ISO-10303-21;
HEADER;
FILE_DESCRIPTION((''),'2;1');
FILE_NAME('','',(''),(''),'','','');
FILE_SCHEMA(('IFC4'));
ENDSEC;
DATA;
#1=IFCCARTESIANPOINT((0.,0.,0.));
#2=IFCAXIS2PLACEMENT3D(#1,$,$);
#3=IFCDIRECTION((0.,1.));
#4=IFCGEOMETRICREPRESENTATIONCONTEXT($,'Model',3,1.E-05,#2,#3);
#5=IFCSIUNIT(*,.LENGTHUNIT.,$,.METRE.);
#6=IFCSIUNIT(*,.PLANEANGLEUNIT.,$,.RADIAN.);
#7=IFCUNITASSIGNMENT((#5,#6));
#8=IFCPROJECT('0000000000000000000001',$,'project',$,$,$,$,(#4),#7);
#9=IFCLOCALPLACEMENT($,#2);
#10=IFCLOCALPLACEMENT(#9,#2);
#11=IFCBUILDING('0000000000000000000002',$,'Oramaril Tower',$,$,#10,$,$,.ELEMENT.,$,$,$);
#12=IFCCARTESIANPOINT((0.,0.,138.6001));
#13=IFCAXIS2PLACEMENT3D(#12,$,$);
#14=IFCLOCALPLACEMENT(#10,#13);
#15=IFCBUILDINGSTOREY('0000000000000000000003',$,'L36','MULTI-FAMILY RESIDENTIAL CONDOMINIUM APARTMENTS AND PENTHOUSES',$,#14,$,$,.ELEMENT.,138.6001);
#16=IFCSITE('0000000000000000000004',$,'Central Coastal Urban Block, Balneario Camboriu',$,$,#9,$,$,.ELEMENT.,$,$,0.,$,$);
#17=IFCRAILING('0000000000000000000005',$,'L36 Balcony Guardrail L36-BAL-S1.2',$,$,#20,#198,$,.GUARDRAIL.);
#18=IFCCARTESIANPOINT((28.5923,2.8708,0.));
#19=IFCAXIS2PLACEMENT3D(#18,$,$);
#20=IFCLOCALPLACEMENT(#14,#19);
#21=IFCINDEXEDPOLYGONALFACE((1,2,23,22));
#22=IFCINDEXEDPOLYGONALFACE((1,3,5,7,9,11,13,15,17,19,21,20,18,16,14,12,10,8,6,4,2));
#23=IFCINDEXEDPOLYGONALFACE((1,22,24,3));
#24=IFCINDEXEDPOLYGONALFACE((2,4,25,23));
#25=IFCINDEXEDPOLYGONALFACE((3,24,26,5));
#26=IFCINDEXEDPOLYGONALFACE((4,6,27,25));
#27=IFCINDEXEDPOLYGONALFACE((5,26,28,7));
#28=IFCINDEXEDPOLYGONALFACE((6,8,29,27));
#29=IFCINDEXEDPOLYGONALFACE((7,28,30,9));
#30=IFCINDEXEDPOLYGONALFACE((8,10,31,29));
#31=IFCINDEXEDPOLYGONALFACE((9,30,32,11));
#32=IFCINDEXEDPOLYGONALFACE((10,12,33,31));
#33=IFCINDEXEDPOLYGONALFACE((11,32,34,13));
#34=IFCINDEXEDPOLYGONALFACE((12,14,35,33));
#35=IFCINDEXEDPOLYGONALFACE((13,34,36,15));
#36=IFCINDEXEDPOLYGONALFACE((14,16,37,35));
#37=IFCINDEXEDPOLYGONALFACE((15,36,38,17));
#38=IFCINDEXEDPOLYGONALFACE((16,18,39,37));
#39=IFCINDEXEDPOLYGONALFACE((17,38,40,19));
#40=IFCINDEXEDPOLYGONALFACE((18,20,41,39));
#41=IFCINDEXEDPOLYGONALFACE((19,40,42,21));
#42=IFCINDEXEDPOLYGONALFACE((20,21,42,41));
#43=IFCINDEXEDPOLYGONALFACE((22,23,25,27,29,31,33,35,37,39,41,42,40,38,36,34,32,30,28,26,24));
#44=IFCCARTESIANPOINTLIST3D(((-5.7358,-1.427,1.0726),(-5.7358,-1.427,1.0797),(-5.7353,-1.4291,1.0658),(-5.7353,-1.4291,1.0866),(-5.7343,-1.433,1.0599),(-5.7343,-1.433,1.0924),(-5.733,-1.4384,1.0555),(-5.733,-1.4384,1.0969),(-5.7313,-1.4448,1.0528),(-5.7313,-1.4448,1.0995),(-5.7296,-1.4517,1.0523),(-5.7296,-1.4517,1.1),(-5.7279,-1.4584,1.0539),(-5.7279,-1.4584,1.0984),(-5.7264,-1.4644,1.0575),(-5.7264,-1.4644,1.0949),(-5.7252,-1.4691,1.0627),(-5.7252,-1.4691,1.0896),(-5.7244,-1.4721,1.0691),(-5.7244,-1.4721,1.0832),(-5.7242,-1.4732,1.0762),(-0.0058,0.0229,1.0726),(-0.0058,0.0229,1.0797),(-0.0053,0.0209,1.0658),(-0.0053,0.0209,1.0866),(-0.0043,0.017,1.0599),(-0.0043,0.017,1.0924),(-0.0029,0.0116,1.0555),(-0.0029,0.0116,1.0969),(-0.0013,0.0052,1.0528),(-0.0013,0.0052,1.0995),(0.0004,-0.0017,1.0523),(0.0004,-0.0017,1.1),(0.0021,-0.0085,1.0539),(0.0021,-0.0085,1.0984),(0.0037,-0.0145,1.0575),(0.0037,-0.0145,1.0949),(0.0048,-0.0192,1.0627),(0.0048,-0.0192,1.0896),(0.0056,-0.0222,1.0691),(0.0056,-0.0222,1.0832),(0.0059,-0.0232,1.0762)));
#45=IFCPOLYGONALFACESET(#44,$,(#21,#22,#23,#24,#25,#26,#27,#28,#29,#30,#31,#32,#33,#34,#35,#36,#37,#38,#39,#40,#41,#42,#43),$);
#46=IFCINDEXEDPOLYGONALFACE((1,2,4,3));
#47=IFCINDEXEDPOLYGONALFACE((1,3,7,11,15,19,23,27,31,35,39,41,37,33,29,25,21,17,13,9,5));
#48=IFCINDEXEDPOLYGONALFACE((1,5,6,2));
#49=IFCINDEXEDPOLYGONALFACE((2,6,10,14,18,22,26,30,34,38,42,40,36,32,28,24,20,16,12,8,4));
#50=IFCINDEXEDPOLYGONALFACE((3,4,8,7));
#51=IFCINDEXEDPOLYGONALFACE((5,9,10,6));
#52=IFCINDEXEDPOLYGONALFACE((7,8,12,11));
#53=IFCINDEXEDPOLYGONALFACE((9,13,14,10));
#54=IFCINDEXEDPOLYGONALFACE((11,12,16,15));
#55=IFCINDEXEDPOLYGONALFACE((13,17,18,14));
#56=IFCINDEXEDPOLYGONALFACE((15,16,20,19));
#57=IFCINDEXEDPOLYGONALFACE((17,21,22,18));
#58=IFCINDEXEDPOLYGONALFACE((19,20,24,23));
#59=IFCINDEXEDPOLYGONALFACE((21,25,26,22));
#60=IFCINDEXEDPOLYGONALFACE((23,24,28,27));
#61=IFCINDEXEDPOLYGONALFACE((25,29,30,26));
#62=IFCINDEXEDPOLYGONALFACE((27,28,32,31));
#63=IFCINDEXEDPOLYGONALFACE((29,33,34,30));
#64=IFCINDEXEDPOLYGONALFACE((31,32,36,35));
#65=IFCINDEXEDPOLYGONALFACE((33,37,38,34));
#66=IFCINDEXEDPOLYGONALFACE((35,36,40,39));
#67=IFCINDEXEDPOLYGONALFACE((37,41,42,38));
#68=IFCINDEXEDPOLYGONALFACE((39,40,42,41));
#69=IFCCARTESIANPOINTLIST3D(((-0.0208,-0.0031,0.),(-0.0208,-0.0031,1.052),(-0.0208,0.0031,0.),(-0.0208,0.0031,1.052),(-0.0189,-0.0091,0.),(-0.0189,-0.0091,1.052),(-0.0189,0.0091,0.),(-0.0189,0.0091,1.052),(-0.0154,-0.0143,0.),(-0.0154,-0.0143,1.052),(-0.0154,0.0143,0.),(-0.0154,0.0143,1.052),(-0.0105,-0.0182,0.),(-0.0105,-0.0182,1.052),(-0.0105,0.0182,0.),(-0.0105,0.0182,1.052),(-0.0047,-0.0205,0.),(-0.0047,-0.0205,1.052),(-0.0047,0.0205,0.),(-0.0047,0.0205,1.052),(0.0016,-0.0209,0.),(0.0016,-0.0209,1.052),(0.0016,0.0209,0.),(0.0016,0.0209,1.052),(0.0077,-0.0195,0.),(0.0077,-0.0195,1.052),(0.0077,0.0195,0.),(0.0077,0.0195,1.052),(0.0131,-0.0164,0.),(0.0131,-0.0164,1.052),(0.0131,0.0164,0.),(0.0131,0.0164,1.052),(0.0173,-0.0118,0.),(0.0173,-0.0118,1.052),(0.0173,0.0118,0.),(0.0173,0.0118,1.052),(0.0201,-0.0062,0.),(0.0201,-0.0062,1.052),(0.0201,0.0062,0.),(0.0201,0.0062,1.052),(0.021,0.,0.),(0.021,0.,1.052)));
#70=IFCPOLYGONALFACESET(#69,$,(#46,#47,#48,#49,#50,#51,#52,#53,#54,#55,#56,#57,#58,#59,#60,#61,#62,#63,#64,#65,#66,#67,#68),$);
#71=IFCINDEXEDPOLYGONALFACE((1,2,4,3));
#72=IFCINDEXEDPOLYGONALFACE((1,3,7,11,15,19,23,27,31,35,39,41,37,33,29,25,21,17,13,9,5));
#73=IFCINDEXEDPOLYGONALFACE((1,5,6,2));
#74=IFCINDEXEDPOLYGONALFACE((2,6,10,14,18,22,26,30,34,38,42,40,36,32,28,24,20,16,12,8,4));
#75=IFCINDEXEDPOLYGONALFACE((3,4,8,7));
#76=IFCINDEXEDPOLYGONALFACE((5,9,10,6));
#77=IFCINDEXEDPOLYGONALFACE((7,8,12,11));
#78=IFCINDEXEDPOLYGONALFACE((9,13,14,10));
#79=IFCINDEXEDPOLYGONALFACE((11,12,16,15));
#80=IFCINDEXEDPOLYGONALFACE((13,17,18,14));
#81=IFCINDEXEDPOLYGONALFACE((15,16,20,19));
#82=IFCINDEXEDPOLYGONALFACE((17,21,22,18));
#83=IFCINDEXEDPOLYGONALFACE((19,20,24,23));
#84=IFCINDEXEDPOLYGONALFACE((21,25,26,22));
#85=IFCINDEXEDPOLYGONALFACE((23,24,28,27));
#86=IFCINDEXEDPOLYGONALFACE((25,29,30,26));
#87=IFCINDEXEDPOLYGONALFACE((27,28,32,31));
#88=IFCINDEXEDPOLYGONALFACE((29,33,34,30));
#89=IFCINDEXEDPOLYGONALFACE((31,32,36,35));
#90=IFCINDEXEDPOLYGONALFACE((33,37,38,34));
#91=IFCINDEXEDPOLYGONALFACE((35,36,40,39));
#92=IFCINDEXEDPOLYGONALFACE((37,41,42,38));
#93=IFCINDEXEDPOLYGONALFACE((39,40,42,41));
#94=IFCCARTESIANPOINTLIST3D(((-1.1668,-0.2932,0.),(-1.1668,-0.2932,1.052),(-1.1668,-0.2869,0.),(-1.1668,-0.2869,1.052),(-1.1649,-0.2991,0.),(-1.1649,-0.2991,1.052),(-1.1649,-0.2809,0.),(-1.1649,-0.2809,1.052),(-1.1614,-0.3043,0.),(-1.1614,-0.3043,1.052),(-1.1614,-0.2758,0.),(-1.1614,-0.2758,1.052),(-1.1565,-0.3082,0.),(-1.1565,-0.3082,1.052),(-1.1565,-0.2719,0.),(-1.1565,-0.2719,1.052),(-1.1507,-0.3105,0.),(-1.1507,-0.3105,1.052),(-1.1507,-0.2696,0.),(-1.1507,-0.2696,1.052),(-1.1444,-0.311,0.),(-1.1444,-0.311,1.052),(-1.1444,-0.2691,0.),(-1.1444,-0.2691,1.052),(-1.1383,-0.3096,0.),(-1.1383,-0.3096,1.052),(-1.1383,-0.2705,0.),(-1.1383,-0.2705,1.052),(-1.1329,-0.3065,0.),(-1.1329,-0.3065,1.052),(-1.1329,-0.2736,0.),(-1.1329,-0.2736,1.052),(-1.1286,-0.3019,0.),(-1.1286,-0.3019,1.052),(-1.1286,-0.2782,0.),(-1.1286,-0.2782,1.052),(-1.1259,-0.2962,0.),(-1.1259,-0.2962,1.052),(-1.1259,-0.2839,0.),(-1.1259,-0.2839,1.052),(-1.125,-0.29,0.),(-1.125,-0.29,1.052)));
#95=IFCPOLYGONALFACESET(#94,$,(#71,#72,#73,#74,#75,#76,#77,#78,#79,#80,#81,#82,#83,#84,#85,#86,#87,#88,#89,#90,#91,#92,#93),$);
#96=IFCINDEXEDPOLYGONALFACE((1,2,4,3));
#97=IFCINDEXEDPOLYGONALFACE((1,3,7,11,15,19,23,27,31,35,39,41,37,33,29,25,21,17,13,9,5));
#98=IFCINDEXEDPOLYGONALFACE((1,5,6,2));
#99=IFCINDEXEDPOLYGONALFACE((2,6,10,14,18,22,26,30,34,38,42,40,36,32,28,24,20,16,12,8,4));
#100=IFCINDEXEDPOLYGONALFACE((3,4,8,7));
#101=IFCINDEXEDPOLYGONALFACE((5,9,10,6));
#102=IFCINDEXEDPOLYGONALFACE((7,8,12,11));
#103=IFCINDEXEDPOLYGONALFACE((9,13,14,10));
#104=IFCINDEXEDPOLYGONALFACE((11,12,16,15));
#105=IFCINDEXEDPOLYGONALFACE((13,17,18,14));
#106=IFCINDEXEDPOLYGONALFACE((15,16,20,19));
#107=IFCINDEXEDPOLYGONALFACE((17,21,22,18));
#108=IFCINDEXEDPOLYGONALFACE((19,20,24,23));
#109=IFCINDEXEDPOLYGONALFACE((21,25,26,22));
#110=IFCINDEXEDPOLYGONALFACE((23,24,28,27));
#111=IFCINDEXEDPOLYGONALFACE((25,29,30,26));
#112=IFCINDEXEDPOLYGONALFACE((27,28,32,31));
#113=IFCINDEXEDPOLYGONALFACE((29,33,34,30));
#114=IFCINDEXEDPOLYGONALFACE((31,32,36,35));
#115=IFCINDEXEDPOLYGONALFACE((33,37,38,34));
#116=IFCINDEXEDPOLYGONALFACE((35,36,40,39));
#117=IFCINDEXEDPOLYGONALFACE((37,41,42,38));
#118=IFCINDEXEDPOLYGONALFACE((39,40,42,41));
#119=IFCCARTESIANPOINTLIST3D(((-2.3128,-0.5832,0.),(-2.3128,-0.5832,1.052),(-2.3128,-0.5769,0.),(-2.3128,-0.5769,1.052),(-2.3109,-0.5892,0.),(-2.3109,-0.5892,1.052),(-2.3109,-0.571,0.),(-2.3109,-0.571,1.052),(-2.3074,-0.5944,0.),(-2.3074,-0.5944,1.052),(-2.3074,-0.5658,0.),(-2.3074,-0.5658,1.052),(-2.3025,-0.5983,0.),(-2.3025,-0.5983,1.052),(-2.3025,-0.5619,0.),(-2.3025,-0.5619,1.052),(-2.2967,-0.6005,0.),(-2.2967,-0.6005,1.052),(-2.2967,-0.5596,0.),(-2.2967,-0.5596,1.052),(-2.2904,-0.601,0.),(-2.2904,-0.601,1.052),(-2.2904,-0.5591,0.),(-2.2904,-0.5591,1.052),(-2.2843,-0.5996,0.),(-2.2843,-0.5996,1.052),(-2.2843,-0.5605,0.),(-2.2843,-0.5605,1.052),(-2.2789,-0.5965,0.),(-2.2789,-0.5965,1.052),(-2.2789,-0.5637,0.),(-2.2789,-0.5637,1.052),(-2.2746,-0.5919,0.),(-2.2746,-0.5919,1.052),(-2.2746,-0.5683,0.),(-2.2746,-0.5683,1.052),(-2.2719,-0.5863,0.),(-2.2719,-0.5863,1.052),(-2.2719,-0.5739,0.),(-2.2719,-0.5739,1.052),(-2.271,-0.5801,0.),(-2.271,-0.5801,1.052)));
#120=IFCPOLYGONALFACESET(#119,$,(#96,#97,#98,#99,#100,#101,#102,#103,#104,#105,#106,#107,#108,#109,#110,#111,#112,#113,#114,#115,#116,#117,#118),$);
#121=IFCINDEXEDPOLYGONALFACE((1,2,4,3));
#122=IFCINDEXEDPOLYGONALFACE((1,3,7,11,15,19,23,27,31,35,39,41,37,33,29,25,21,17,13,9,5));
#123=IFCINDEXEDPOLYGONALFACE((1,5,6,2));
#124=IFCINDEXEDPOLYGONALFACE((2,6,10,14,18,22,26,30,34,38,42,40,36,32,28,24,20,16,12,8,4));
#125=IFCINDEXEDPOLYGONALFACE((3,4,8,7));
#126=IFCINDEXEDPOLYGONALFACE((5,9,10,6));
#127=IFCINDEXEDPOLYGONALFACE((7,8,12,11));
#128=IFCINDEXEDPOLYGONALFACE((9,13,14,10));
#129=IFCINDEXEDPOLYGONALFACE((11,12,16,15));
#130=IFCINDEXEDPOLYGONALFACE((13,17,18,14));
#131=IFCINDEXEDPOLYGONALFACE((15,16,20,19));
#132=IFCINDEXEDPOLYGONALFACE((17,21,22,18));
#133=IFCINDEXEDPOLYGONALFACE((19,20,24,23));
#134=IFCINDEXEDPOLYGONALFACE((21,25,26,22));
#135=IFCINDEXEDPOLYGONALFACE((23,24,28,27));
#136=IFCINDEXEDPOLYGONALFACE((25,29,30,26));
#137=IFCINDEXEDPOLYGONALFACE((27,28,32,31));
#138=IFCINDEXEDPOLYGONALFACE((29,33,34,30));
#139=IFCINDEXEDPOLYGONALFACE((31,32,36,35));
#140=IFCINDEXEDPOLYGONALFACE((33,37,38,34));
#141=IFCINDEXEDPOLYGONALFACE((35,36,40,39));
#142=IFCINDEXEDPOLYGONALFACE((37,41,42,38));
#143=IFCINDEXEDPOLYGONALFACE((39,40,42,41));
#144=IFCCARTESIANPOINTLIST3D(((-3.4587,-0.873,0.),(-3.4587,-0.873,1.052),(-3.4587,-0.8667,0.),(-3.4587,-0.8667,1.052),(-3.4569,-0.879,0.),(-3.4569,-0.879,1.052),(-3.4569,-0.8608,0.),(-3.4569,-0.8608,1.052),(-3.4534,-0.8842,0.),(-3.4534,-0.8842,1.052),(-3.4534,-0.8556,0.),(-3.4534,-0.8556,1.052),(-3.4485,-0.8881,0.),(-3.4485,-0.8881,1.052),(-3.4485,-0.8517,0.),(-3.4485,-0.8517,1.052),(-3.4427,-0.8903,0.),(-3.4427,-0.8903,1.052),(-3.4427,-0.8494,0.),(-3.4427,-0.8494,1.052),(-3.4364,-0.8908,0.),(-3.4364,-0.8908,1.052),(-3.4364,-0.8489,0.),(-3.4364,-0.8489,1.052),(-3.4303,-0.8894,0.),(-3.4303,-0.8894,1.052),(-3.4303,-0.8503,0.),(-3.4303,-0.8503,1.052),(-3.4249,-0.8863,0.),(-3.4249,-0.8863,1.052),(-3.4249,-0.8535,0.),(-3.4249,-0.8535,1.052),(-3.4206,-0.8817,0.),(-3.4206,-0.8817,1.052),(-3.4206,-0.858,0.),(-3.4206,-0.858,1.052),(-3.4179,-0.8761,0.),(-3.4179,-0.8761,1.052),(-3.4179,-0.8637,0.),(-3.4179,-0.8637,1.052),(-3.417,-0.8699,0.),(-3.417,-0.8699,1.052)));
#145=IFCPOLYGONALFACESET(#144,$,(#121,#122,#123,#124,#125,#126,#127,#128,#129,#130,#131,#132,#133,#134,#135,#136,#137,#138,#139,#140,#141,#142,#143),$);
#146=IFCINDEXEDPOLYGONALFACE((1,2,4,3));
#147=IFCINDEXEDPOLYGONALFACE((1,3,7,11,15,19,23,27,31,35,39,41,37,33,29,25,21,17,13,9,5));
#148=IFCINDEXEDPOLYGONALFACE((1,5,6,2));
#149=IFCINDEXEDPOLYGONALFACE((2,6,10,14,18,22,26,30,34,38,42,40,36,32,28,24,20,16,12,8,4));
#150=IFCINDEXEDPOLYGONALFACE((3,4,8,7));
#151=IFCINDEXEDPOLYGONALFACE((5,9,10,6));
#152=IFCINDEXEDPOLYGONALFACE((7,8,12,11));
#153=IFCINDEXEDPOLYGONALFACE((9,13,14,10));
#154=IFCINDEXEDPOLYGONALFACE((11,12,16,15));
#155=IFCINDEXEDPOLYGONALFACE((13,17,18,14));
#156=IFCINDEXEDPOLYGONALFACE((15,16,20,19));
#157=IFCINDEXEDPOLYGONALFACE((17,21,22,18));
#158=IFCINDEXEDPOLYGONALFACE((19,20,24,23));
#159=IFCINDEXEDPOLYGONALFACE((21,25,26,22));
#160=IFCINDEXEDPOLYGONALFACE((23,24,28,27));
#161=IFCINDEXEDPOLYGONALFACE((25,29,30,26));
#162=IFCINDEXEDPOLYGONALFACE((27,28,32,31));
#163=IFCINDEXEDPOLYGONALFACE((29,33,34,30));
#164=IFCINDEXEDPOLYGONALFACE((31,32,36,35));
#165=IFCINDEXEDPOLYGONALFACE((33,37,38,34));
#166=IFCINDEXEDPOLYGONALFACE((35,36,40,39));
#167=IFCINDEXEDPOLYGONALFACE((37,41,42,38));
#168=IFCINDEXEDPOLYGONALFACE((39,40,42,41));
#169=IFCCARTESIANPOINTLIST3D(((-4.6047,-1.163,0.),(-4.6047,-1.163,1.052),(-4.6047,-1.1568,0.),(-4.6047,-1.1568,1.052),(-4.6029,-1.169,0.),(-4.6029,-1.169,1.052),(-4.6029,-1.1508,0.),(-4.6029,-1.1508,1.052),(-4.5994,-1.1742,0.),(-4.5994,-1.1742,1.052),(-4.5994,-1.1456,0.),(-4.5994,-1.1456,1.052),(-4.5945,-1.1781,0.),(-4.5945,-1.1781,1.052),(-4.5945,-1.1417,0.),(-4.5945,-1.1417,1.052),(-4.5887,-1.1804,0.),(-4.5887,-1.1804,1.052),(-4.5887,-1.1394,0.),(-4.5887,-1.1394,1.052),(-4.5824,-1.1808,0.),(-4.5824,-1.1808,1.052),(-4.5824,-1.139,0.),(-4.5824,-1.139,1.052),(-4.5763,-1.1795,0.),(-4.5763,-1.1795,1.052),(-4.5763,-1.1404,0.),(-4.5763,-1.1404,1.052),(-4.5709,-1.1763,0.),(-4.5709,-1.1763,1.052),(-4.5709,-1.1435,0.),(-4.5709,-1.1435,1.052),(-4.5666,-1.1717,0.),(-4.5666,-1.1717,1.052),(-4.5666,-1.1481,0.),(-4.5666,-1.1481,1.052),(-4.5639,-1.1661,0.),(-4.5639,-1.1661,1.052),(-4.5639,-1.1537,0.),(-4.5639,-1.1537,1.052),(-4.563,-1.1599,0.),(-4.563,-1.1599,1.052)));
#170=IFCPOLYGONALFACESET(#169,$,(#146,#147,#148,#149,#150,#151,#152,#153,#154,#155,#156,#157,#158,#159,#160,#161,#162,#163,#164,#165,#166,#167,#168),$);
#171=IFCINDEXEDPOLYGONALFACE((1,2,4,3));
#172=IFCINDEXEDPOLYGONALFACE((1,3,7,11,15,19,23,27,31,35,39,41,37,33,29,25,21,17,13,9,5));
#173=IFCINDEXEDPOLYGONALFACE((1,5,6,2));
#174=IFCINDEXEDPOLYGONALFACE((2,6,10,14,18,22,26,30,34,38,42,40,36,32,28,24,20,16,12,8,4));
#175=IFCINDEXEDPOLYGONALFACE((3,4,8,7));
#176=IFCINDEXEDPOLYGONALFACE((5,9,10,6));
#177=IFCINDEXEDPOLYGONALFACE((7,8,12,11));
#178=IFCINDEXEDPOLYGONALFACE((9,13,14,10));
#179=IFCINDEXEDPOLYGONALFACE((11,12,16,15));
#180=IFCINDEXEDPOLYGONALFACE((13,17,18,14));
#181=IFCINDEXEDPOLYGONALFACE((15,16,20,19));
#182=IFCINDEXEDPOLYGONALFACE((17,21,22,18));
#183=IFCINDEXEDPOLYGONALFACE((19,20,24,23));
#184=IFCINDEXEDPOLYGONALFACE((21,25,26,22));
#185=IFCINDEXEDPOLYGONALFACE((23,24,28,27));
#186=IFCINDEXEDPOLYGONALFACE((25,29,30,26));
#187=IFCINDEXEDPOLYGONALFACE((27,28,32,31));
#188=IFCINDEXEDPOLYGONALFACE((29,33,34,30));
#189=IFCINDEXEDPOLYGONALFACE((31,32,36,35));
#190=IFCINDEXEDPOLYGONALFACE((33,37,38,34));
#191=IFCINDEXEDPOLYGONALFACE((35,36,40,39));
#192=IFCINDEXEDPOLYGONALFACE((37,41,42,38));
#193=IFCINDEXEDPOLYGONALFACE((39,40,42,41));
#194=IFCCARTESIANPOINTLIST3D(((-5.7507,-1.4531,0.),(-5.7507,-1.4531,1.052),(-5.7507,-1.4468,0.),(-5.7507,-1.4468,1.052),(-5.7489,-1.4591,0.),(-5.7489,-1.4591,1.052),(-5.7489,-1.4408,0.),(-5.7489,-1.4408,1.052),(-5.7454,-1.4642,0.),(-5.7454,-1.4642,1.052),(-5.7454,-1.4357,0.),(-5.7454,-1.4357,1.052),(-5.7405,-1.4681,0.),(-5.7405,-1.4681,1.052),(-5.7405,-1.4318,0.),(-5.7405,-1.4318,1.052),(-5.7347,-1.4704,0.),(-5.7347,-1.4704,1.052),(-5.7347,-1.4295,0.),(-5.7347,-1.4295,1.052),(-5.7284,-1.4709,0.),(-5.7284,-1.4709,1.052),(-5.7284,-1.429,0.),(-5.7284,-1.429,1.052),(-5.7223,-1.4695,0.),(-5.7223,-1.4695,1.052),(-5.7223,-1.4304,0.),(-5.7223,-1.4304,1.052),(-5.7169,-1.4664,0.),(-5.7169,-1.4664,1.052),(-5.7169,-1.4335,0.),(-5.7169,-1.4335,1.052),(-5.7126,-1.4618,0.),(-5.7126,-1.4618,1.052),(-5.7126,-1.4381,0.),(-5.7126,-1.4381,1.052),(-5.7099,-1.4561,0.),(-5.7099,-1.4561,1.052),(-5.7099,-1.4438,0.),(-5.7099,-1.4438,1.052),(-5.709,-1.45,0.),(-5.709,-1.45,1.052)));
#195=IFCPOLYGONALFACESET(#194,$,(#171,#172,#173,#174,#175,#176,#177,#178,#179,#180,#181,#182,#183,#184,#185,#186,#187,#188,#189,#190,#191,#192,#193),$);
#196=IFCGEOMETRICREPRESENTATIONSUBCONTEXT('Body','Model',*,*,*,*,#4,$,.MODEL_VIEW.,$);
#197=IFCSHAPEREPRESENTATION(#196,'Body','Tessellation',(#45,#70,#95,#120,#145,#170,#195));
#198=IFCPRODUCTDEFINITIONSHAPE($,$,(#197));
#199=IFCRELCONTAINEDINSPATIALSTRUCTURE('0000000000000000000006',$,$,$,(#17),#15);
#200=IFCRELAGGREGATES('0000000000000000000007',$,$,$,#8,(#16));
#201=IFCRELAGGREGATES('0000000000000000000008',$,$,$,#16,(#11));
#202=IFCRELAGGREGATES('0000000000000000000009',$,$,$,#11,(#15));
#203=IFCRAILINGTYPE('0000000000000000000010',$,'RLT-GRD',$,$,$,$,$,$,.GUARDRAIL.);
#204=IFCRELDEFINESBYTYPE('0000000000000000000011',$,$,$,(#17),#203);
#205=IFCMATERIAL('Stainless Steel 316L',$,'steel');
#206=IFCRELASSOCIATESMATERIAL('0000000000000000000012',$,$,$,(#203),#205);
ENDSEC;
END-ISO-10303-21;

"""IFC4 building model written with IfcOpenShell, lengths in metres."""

from ifc_helpers import new_model, si_unit, direction, frame, origin, origin_2d, place, context, subcontext, project, spatial, circle, extrude, material, type_object, element, save


model = new_model("IFC4")

# Units and contexts
model_context = context("Model", 3, precision=1e-05, world=origin(), true_north=direction((0.0, 1.0)))
body_context = subcontext(model_context, "Body", "Model", "MODEL_VIEW")
ifc_project = project(units=[si_unit("LENGTHUNIT", "METRE"), si_unit("PLANEANGLEUNIT", "RADIAN")], contexts=[model_context])

# Site, building, storey
site_placement = place(None, origin())
site = spatial("IfcSite", under=ifc_project, at=site_placement, Name="Central Coastal Urban Block, Balneario Camboriu", CompositionType="ELEMENT", RefElevation=0.0)
building_placement = place(site_placement, origin())
building = spatial("IfcBuilding", under=site, at=building_placement, Name="Oramaril Tower", CompositionType="ELEMENT")
storey_placement = place(building_placement, frame((0.0, 0.0, 138.6001)))
storey = spatial("IfcBuildingStorey", under=building, at=storey_placement, Name="L36", Description="MULTI-FAMILY RESIDENTIAL CONDOMINIUM APARTMENTS AND PENTHOUSES", CompositionType="ELEMENT", Elevation=138.6001)

# Railing
ifc_material_1 = material(Name="Stainless Steel 316L", Category="steel")
railing_type = type_object("IfcRailingType", Name="RLT-GRD", PredefinedType="GUARDRAIL", material=ifc_material_1)
railing_1_placement = place(storey_placement, frame((28.5923, 2.8708, 0.0)))
element("IfcRailing", 1, at=railing_1_placement, inside=storey, type_object=railing_type, Name="L36 Balcony Guardrail L36-BAL-S1.2", PredefinedType="GUARDRAIL", context=body_context, shape_type="SweptSolid", body=[
    extrude(circle(Radius=0.0239, at=origin_2d()), frame((0.0, 0.0, 1.0762), z_axis=(-0.969444, -0.245314, 0.0), x_axis=(0.245314, -0.969444, 0.0)), (0.0, 0.0, 1.0), 5.9106),
    extrude(circle(Radius=0.021, at=origin_2d()), origin(), (0.0, 0.0, 1.0), 1.052),
    extrude(circle(Radius=0.021, at=origin_2d()), frame((-1.146, -0.29, 0.0)), (0.0, 0.0, 1.0), 1.052),
    extrude(circle(Radius=0.021, at=origin_2d()), frame((-2.292, -0.5801, 0.0)), (0.0, 0.0, 1.0), 1.052),
    extrude(circle(Radius=0.021, at=origin_2d()), frame((-3.438, -0.8699, 0.0)), (0.0, 0.0, 1.0), 1.052),
    extrude(circle(Radius=0.021, at=origin_2d()), frame((-4.584, -1.1599, 0.0)), (0.0, 0.0, 1.0), 1.052),
    extrude(circle(Radius=0.021, at=origin_2d()), frame((-5.73, -1.45, 0.0)), (0.0, 0.0, 1.0), 1.052),
])

save(model, "model.ifc")
